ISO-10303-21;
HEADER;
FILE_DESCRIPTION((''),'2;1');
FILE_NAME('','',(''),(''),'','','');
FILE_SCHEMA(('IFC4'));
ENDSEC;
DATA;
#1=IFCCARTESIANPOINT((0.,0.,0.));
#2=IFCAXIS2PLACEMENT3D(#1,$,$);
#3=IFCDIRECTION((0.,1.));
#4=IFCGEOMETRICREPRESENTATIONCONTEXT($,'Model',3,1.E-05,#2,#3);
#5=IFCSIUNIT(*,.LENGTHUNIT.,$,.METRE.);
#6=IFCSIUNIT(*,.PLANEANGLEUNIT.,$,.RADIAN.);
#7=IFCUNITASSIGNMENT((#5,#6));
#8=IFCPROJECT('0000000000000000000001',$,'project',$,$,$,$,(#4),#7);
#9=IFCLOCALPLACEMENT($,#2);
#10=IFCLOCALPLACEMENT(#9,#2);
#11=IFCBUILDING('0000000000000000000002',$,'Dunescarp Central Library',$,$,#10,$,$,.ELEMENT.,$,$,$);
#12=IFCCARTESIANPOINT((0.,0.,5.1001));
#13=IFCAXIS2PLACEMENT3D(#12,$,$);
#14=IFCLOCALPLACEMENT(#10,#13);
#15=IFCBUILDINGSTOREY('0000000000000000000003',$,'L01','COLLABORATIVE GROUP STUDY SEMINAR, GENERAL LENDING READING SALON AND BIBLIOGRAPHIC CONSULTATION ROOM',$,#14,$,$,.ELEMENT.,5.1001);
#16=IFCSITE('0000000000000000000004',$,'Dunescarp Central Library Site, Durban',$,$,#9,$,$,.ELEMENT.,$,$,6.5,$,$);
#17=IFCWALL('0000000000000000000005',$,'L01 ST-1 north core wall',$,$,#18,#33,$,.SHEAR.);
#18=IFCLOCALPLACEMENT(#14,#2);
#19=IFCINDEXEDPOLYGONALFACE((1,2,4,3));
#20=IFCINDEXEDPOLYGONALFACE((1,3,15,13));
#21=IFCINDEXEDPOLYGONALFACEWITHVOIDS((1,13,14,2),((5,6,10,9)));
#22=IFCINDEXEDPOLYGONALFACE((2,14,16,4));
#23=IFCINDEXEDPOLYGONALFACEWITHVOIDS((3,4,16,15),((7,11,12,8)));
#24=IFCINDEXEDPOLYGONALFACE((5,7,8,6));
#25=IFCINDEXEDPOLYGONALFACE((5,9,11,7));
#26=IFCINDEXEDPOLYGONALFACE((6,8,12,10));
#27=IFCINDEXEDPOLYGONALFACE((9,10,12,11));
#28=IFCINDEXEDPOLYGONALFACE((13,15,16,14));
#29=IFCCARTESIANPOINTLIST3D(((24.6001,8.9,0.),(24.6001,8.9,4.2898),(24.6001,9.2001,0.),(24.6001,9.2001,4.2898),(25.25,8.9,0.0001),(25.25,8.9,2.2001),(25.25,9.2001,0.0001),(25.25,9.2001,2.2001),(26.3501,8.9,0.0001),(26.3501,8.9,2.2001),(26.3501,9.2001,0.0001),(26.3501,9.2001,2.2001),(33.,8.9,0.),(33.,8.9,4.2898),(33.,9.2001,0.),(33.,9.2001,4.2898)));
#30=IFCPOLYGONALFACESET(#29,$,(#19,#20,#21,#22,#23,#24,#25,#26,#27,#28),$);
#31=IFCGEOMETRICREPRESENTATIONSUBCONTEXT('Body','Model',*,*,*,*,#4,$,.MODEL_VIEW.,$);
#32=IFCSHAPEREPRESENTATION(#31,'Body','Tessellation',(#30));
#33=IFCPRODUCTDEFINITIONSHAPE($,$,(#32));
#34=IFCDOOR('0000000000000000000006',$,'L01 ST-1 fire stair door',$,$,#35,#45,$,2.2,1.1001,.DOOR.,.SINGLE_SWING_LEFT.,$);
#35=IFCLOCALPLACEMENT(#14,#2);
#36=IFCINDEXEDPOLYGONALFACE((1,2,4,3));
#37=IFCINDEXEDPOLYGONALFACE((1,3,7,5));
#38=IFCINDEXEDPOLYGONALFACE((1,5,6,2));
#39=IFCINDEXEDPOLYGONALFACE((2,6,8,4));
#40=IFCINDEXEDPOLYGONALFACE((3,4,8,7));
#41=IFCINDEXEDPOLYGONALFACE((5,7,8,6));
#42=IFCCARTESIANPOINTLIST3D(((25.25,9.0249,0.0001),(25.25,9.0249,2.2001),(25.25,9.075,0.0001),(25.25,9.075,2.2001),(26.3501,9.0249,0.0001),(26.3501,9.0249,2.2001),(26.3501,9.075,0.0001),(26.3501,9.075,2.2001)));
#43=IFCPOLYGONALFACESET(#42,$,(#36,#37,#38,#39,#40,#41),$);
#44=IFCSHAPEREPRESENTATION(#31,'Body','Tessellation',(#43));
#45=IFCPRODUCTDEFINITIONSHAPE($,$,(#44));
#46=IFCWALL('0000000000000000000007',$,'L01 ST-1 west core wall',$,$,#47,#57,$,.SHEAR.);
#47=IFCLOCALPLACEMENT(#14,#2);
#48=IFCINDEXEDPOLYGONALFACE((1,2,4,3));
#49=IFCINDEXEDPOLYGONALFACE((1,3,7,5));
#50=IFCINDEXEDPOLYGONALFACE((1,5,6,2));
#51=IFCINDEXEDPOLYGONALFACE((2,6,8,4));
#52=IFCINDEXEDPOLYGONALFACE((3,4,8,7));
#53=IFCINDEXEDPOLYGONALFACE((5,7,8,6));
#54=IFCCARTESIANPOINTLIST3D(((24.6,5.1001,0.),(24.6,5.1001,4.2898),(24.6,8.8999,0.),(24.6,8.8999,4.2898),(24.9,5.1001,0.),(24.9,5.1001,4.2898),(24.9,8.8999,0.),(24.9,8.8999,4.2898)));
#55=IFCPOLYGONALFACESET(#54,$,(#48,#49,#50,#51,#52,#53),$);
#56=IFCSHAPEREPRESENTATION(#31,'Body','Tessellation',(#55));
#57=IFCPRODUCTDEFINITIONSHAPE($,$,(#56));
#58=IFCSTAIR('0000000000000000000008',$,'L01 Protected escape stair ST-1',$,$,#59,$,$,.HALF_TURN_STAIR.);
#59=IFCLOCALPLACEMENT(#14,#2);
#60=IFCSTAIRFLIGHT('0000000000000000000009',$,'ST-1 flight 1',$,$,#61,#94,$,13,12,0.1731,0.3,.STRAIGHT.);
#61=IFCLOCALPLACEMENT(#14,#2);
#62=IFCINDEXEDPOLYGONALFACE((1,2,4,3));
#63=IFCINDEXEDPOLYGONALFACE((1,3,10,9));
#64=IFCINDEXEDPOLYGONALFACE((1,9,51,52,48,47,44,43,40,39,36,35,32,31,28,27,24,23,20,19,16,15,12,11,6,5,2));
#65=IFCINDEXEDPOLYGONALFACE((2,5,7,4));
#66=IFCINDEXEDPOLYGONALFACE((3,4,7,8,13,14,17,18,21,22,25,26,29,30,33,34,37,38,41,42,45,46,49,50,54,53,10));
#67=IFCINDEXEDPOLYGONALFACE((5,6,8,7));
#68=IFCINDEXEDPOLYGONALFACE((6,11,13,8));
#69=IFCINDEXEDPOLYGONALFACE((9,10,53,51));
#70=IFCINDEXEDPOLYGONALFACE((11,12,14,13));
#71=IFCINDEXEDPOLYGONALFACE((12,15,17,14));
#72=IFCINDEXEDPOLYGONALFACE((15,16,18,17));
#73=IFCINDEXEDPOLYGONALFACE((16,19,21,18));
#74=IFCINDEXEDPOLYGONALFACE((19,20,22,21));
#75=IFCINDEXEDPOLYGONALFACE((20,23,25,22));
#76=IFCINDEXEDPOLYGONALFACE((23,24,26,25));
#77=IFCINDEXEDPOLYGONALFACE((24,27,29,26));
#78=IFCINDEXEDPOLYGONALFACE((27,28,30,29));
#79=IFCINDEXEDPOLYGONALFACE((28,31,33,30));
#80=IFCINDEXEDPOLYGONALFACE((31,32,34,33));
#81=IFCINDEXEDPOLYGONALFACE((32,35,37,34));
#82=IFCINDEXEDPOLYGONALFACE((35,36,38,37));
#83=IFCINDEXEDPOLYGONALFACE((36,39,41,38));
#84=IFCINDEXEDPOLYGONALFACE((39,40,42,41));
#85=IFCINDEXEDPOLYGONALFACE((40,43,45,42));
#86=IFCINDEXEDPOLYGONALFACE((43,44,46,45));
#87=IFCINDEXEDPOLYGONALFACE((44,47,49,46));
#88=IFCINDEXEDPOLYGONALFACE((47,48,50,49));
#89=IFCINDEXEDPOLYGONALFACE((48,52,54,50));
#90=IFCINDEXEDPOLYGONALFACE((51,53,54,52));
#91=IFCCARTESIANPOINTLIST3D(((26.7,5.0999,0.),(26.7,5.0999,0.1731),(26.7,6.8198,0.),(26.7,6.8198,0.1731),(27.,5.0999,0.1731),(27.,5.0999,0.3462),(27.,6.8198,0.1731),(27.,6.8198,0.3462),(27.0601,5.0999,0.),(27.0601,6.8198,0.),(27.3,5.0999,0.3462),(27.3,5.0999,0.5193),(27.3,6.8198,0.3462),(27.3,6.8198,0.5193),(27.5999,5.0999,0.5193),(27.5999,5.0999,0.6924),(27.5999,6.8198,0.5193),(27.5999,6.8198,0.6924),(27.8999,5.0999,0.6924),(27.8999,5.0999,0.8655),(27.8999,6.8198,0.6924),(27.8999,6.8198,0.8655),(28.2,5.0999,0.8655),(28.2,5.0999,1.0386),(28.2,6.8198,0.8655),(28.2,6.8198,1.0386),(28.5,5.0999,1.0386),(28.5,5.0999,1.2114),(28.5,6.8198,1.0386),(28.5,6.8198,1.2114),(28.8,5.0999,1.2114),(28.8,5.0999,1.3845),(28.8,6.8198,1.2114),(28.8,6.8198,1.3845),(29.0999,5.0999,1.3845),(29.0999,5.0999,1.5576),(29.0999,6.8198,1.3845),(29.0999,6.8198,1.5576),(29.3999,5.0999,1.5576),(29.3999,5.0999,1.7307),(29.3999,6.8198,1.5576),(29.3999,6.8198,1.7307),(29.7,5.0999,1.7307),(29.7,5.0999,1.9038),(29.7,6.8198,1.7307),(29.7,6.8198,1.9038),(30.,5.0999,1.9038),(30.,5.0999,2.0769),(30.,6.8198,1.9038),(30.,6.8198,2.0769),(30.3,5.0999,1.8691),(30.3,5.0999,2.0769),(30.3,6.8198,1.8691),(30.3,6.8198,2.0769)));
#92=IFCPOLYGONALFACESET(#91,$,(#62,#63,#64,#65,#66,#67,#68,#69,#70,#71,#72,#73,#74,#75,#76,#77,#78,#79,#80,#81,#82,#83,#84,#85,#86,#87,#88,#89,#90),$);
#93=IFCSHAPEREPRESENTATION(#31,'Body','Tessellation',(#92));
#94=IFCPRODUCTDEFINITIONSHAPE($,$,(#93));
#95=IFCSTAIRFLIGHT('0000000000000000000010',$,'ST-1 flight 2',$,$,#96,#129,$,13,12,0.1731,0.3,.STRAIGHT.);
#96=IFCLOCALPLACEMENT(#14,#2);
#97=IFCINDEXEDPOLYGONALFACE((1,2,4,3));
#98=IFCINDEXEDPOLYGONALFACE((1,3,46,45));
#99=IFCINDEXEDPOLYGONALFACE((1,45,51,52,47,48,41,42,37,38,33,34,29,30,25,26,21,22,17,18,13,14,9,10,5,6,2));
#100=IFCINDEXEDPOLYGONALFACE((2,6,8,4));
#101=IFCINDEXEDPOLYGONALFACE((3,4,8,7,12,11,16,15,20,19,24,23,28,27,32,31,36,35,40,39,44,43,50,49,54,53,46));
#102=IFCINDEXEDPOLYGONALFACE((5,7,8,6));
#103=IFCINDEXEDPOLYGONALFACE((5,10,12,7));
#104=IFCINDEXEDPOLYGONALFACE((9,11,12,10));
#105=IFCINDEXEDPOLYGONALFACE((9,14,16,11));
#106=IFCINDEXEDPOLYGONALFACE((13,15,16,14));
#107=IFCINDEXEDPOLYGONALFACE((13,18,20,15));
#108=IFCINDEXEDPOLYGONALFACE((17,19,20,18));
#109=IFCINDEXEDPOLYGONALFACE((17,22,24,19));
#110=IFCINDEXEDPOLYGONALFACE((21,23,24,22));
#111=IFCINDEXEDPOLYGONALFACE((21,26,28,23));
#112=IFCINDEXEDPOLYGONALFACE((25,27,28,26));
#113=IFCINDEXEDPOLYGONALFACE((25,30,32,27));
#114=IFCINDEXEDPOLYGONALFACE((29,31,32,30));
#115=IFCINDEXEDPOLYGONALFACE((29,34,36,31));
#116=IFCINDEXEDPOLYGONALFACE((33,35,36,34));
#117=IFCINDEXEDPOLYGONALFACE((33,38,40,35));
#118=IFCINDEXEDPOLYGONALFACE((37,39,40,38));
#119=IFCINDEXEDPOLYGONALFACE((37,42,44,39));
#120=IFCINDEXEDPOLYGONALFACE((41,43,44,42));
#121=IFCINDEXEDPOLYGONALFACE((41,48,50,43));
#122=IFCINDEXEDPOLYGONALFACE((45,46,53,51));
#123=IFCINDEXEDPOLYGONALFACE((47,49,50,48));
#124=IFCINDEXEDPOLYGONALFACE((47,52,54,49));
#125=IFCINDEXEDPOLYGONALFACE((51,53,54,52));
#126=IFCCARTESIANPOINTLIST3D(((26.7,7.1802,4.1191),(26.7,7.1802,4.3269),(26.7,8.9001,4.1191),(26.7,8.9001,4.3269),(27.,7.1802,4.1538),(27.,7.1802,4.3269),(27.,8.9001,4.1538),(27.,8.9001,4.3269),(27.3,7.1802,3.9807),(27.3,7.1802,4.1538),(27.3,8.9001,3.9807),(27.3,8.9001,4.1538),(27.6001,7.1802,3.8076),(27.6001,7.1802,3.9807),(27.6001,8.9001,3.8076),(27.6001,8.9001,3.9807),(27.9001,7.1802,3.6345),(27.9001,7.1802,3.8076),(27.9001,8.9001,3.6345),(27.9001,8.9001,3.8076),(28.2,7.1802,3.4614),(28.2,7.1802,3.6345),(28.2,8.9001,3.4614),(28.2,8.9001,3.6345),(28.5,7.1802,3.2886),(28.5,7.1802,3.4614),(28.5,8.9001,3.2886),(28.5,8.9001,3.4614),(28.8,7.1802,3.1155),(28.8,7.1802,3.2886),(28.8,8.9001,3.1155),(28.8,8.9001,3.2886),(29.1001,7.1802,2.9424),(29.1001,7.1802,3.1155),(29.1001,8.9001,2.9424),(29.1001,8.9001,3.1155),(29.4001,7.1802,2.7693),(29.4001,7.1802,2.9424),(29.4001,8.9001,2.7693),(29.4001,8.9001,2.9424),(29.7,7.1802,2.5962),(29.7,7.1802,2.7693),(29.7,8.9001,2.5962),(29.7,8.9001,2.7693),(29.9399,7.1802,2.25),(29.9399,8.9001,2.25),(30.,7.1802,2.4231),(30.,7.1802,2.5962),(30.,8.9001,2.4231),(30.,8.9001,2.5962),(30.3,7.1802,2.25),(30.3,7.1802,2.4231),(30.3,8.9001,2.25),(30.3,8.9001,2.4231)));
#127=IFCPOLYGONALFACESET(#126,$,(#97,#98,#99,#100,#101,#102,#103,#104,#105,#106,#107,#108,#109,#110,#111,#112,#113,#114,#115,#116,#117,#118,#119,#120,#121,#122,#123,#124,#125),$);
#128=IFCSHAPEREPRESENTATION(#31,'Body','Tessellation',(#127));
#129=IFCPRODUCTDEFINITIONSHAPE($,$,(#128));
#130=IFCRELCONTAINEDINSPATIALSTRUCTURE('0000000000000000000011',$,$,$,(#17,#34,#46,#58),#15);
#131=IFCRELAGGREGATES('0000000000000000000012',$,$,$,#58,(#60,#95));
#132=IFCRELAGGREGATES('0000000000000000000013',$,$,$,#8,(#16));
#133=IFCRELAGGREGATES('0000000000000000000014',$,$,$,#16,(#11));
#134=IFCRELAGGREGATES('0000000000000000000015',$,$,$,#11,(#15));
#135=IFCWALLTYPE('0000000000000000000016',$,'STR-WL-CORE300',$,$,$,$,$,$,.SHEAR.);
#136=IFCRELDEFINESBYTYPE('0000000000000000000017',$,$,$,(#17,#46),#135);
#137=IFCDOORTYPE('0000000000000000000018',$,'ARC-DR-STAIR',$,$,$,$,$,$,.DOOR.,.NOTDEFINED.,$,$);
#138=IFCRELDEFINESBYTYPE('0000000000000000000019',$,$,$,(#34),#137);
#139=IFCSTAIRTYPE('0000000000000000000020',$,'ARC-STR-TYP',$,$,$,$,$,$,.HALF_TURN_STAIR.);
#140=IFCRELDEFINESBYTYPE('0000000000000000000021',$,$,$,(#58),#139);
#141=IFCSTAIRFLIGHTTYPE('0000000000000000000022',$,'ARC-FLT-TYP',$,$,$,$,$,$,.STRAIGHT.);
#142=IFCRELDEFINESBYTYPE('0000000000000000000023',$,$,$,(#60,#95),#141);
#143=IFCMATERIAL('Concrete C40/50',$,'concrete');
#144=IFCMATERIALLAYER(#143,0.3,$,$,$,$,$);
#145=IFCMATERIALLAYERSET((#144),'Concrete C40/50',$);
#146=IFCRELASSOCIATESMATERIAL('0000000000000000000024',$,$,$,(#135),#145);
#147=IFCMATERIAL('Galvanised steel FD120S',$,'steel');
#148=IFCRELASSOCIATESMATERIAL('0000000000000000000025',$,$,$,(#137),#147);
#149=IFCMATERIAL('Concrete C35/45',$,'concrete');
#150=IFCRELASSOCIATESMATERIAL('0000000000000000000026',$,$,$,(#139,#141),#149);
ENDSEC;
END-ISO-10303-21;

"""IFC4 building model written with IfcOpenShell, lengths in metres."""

from ifc_helpers import new_model, si_unit, direction, frame, frame_2d, origin, place, context, subcontext, project, spatial, polyline, rectangle, outline, extrude, material, layer, layer_set, type_object, element, fill, aggregate, save


model = new_model("IFC4")

# Units and contexts
model_context = context("Model", 3, precision=1e-05, world=origin(), true_north=direction((0.0, 1.0)))
body_context = subcontext(model_context, "Body", "Model", "MODEL_VIEW")
ifc_project = project(units=[si_unit("LENGTHUNIT", "METRE"), si_unit("PLANEANGLEUNIT", "RADIAN")], contexts=[model_context])

# Site, building, storey
site_placement = place(None, origin())
site = spatial("IfcSite", under=ifc_project, at=site_placement, Name="Dunescarp Central Library Site, Durban", CompositionType="ELEMENT", RefElevation=6.5)
building_placement = place(site_placement, origin())
building = spatial("IfcBuilding", under=site, at=building_placement, Name="Dunescarp Central Library", CompositionType="ELEMENT")
storey_placement = place(building_placement, frame((0.0, 0.0, 5.1001)))
storey = spatial("IfcBuildingStorey", under=building, at=storey_placement, Name="L01", Description="COLLABORATIVE GROUP STUDY SEMINAR, GENERAL LENDING READING SALON AND BIBLIOGRAPHIC CONSULTATION ROOM", CompositionType="ELEMENT", Elevation=5.1001)

# Shared definitions
ifc_material_1 = material(Name="Concrete C35/45", Category="concrete")

# Shared definitions
ifc_material_2 = material(Name="Concrete C40/50", Category="concrete")

# Wall, opening, door
ifc_layer_1 = layer(ifc_material_2, 0.3)
ifc_layer_set_1 = layer_set([ifc_layer_1], Name="Concrete C40/50")
wall_type_1 = type_object("IfcWallType", Name="STR-WL-CORE300", PredefinedType="SHEAR", material=ifc_layer_set_1)
wall_1_placement = place(storey_placement, frame((24.6001, 9.05, 0.0), z_axis=(0.0, 0.0, 1.0), x_axis=(1.0, 0.0, 0.0)))
wall_1 = element("IfcWall", 1, at=wall_1_placement, inside=storey, type_object=wall_type_1, Name="L01 ST-1 north core wall", PredefinedType="SHEAR", context=body_context, shape_type="SweptSolid", body=[
    extrude(rectangle(XDim=8.3999, YDim=0.3, at=frame_2d((4.2, 0.0))), origin(), (0.0, 0.0, 1.0), 4.2898),
])
opening_1_placement = place(wall_1_placement, frame((0.6499, 0.0, 0.0)))
opening_1 = element("IfcOpeningElement", 2, at=opening_1_placement, cuts=wall_1, PredefinedType="OPENING", context=body_context, shape_type="SweptSolid", body=[
    extrude(rectangle(XDim=1.1001, YDim=2.2, at=frame_2d((0.55, 1.1001))), frame((0.0, 0.1602, 0.0), z_axis=(0.0, -1.0, 0.0), x_axis=(1.0, 0.0, 0.0)), (0.0, 0.0, 1.0), 0.3201),
])
ifc_material_3 = material(Name="Galvanised steel FD120S", Category="steel")
door_type_1 = type_object("IfcDoorType", Name="ARC-DR-STAIR", OperationType="NOTDEFINED", PredefinedType="DOOR", material=ifc_material_3)
door_1_placement = place(opening_1_placement, origin())
door_1 = element("IfcDoor", 3, at=door_1_placement, inside=storey, type_object=door_type_1, Name="L01 ST-1 fire stair door", OperationType="SINGLE_SWING_LEFT", OverallHeight=2.2, OverallWidth=1.1001, PredefinedType="DOOR", context=body_context, shape_type="SweptSolid", body=[
    extrude(rectangle(XDim=1.1001, YDim=2.2, at=frame_2d((0.55, 1.1001))), frame((0.0, 0.0249, 0.0), z_axis=(0.0, -1.0, 0.0), x_axis=(1.0, 0.0, 0.0)), (0.0, 0.0, 1.0), 0.05),
])
fill(opening_1, door_1)

# Wall
wall_2_placement = place(storey_placement, frame((24.75, 5.1001, 0.0), z_axis=(0.0, 0.0, 1.0), x_axis=(0.0, 1.0, 0.0)))
element("IfcWall", 4, at=wall_2_placement, inside=storey, type_object=wall_type_1, Name="L01 ST-1 west core wall", PredefinedType="SHEAR", context=body_context, shape_type="SweptSolid", body=[
    extrude(rectangle(XDim=3.7998, YDim=0.3, at=frame_2d((1.8999, 0.0))), origin(), (0.0, 0.0, 1.0), 4.2898),
])

# Stair, stair flights
stair_type = type_object("IfcStairType", Name="ARC-STR-TYP", PredefinedType="HALF_TURN_STAIR", material=ifc_material_1)
stair_placement = place(storey_placement, origin())
stair = element("IfcStair", 5, at=stair_placement, inside=storey, type_object=stair_type, Name="L01 Protected escape stair ST-1", PredefinedType="HALF_TURN_STAIR")
stair_flight_type = type_object("IfcStairFlightType", Name="ARC-FLT-TYP", PredefinedType="STRAIGHT", material=ifc_material_1)
stair_flight_1_placement = place(storey_placement, frame((26.7, 5.96, 0.0), z_axis=(0.0, 0.0, 1.0), x_axis=(1.0, 0.0, 0.0)))
stair_flight_1 = element("IfcStairFlight", 6, at=stair_flight_1_placement, type_object=stair_flight_type, Name="ST-1 flight 1", NumberOfRisers=13, NumberOfTreads=12, PredefinedType="STRAIGHT", RiserHeight=0.1731, TreadLength=0.3, context=body_context, shape_type="SweptSolid", body=[
    extrude(outline(polyline([(0.0, 0.0), (0.0, 0.1731), (0.3, 0.1731), (0.3, 0.3462), (0.6001, 0.3462), (0.6001, 0.5193), (0.8999, 0.5193), (0.8999, 0.6924), (1.2, 0.6924), (1.2, 0.8655), (1.5, 0.8655), (1.5, 1.0386), (1.8, 1.0386), (1.8, 1.2114), (2.1001, 1.2114), (2.1001, 1.3845), (2.3999, 1.3845), (2.3999, 1.5576), (2.7, 1.5576), (2.7, 1.7307), (3.0, 1.7307), (3.0, 1.9038), (3.3, 1.9038), (3.3, 2.0769), (3.6001, 2.0769), (3.6001, 2.25), (3.6001, 1.8691), (0.3601, 0.0), (0.0, 0.0)])), frame((0.0, 0.8599, 0.0), z_axis=(0.0, -1.0, 0.0), x_axis=(1.0, 0.0, 0.0)), (0.0, 0.0, 1.0), 1.72),
])
stair_flight_2_placement = place(storey_placement, frame((30.3, 8.04, 2.25), z_axis=(0.0, 0.0, 1.0), x_axis=(-1.0, 0.0, 0.0)))
stair_flight_2 = element("IfcStairFlight", 7, at=stair_flight_2_placement, type_object=stair_flight_type, Name="ST-1 flight 2", NumberOfRisers=13, NumberOfTreads=12, PredefinedType="STRAIGHT", RiserHeight=0.1731, TreadLength=0.3, context=body_context, shape_type="SweptSolid", body=[
    extrude(outline(polyline([(0.0, 0.0), (0.0, 0.1731), (0.3, 0.1731), (0.3, 0.3462), (0.6001, 0.3462), (0.6001, 0.5193), (0.8999, 0.5193), (0.8999, 0.6924), (1.2, 0.6924), (1.2, 0.8655), (1.5, 0.8655), (1.5, 1.0386), (1.8, 1.0386), (1.8, 1.2114), (2.1001, 1.2114), (2.1001, 1.3845), (2.3999, 1.3845), (2.3999, 1.5576), (2.7, 1.5576), (2.7, 1.7307), (3.0, 1.7307), (3.0, 1.9038), (3.3, 1.9038), (3.3, 2.0769), (3.6001, 2.0769), (3.6001, 2.25), (3.6001, 1.8691), (0.3601, 0.0), (0.0, 0.0)])), frame((0.0, 0.8599, 0.0), z_axis=(0.0, -1.0, 0.0), x_axis=(1.0, 0.0, 0.0)), (0.0, 0.0, 1.0), 1.72),
])
aggregate(stair, [stair_flight_1, stair_flight_2])

save(model, "model.ifc")
